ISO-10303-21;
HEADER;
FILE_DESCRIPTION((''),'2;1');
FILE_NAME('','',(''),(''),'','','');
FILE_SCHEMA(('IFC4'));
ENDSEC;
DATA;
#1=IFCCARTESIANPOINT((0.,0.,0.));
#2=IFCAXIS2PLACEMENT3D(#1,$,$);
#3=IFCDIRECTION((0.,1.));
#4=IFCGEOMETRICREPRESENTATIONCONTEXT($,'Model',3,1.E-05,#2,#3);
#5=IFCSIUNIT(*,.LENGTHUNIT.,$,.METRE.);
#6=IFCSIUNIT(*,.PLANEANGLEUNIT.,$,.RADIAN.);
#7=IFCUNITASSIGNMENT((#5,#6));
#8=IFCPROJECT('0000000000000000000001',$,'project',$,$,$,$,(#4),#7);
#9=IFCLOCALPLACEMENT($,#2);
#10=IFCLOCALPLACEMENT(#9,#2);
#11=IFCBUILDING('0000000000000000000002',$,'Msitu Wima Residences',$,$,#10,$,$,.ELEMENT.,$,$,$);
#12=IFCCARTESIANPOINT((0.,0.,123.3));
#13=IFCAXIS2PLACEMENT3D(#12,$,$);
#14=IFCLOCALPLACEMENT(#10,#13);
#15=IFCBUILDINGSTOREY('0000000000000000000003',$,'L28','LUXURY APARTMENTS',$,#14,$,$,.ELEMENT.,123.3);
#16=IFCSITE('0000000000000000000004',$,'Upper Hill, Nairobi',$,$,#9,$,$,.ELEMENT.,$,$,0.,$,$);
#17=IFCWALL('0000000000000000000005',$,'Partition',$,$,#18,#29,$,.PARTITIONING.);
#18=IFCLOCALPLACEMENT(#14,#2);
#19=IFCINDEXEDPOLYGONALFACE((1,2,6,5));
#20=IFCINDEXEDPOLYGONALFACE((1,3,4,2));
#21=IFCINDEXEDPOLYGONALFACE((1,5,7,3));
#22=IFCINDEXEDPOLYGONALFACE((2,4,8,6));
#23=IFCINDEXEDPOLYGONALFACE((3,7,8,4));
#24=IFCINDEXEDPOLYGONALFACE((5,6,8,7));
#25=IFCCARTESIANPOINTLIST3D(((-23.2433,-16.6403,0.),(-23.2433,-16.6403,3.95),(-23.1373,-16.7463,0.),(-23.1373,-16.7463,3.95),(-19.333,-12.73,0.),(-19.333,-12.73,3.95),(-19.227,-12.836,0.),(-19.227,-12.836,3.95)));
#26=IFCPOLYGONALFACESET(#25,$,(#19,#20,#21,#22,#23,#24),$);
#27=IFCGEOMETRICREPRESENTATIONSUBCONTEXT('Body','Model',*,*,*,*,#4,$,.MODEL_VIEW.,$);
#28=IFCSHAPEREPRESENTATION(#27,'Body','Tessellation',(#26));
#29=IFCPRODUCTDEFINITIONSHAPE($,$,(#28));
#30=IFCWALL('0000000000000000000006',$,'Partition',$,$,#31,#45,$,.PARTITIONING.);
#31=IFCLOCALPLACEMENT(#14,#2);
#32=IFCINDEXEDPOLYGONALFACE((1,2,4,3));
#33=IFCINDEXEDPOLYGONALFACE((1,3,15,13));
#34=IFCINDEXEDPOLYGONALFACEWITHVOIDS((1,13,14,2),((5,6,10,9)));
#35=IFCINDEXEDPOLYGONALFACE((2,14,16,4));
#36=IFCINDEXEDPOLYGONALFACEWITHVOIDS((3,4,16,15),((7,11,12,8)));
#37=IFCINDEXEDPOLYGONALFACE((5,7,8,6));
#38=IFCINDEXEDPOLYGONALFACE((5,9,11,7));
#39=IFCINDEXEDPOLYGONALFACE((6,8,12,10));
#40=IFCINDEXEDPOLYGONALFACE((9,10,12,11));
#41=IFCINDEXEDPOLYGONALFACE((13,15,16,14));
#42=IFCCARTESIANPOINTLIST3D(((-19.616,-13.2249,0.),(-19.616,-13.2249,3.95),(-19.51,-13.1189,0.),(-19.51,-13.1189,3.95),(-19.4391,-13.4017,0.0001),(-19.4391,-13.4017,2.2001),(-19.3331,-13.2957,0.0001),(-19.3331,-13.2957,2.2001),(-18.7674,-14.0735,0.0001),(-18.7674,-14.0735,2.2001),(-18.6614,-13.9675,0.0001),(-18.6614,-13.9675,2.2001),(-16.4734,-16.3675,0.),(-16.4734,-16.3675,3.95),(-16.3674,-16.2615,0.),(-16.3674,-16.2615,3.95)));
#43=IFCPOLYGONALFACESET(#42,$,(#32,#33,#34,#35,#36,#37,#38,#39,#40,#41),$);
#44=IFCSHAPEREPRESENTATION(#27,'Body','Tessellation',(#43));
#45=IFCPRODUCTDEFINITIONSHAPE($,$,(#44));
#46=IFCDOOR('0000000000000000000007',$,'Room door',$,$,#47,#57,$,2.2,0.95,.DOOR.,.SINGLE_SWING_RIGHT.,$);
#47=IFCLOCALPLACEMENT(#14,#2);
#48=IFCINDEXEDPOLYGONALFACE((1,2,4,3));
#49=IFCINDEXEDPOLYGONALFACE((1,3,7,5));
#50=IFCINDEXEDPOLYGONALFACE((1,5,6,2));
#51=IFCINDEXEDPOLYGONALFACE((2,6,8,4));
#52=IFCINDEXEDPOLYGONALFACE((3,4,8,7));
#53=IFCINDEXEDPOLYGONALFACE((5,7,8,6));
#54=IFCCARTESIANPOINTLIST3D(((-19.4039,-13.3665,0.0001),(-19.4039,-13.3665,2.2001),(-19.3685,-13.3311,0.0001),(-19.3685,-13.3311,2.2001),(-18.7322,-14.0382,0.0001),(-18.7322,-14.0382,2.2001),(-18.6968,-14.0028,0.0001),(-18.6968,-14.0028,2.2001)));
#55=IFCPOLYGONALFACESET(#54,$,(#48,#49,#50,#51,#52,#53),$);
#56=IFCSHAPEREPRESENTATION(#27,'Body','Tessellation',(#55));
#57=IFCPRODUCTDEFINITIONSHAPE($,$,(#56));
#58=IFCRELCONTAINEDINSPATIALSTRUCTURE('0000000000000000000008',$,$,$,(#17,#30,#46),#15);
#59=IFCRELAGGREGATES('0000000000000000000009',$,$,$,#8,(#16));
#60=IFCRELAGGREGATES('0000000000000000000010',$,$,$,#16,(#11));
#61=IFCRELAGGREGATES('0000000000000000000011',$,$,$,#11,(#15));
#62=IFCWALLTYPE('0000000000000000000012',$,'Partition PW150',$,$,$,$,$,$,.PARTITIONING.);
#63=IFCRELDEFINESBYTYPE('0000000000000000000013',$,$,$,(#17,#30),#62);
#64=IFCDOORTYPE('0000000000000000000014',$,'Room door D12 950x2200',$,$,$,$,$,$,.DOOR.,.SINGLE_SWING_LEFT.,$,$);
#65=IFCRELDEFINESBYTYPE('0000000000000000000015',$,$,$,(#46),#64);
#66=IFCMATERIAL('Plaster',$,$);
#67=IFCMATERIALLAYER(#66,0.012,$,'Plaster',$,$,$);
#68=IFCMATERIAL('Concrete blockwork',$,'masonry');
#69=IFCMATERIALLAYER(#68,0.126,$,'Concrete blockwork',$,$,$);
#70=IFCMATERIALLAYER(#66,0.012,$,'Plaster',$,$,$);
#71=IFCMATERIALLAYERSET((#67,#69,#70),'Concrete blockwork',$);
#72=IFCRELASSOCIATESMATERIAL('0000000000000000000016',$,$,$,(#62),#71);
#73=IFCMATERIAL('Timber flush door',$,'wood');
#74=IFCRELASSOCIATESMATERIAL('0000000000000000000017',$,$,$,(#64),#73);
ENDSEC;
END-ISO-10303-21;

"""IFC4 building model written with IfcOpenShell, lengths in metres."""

from ifc_helpers import new_model, si_unit, direction, frame, frame_2d, origin, place, context, subcontext, project, spatial, rectangle, extrude, material, layer, layer_set, type_object, element, fill, save


model = new_model("IFC4")

# Units and contexts
model_context = context("Model", 3, precision=1e-05, world=origin(), true_north=direction((0.0, 1.0)))
body_context = subcontext(model_context, "Body", "Model", "MODEL_VIEW")
ifc_project = project(units=[si_unit("LENGTHUNIT", "METRE"), si_unit("PLANEANGLEUNIT", "RADIAN")], contexts=[model_context])

# Site, building, storey
site_placement = place(None, origin())
site = spatial("IfcSite", under=ifc_project, at=site_placement, Name="Upper Hill, Nairobi", CompositionType="ELEMENT", RefElevation=0.0)
building_placement = place(site_placement, origin())
building = spatial("IfcBuilding", under=site, at=building_placement, Name="Msitu Wima Residences", CompositionType="ELEMENT")
storey_placement = place(building_placement, frame((0.0, 0.0, 123.3)))
storey = spatial("IfcBuildingStorey", under=building, at=storey_placement, Name="L28", Description="LUXURY APARTMENTS", CompositionType="ELEMENT", Elevation=123.3)

# Wall
ifc_material_1 = material(Name="Plaster")
ifc_layer_1 = layer(ifc_material_1, 0.012, Name="Plaster")
ifc_material_2 = material(Name="Concrete blockwork", Category="masonry")
ifc_layer_2 = layer(ifc_material_2, 0.126, Name="Concrete blockwork")
ifc_layer_3 = layer(ifc_material_1, 0.012, Name="Plaster")
ifc_layer_set_1 = layer_set([ifc_layer_1, ifc_layer_2, ifc_layer_3], Name="Concrete blockwork")
wall_type_1 = type_object("IfcWallType", Name="Partition PW150", PredefinedType="PARTITIONING", material=ifc_layer_set_1)
wall_1_placement = place(storey_placement, frame((-23.1904, -16.6934, 0.0), z_axis=(0.0, 0.0, 1.0), x_axis=(0.707107, 0.707107, 0.0)))
element("IfcWall", 1, at=wall_1_placement, inside=storey, type_object=wall_type_1, Name="Partition", PredefinedType="PARTITIONING", context=body_context, shape_type="SweptSolid", body=[
    extrude(rectangle(XDim=5.53, YDim=0.1499, at=frame_2d((2.7651, 0.0))), origin(), (0.0, 0.0, 1.0), 3.95),
])

# Wall, opening, door
wall_2_placement = place(storey_placement, frame((-19.563, -13.1719, 0.0), z_axis=(0.0, 0.0, 1.0), x_axis=(0.707107, -0.707107, 0.0)))
wall_2 = element("IfcWall", 2, at=wall_2_placement, inside=storey, type_object=wall_type_1, Name="Partition", PredefinedType="PARTITIONING", context=body_context, shape_type="SweptSolid", body=[
    extrude(rectangle(XDim=4.4443, YDim=0.1499, at=frame_2d((2.2222, 0.0))), origin(), (0.0, 0.0, 1.0), 3.95),
])
opening_1_placement = place(wall_2_placement, frame((0.25, 0.0, 0.0)))
opening_1 = element("IfcOpeningElement", 3, at=opening_1_placement, cuts=wall_2, PredefinedType="OPENING", context=body_context, shape_type="SweptSolid", body=[
    extrude(rectangle(XDim=0.95, YDim=2.2, at=frame_2d((0.4751, 1.1001))), frame((0.0, 0.085, 0.0), z_axis=(0.0, -1.0, 0.0), x_axis=(1.0, 0.0, 0.0)), (0.0, 0.0, 1.0), 0.1699),
])
ifc_material_3 = material(Name="Timber flush door", Category="wood")
door_type = type_object("IfcDoorType", Name="Room door D12 950x2200", OperationType="SINGLE_SWING_LEFT", PredefinedType="DOOR", material=ifc_material_3)
door_placement = place(opening_1_placement, origin())
door = element("IfcDoor", 4, at=door_placement, inside=storey, type_object=door_type, Name="Room door", OperationType="SINGLE_SWING_RIGHT", OverallHeight=2.2, OverallWidth=0.95, PredefinedType="DOOR", context=body_context, shape_type="SweptSolid", body=[
    extrude(rectangle(XDim=0.95, YDim=2.2, at=frame_2d((0.4751, 1.1001))), frame((0.0, 0.0249, 0.0), z_axis=(0.0, -1.0, 0.0), x_axis=(1.0, 0.0, 0.0)), (0.0, 0.0, 1.0), 0.05),
])
fill(opening_1, door)

save(model, "model.ifc")
